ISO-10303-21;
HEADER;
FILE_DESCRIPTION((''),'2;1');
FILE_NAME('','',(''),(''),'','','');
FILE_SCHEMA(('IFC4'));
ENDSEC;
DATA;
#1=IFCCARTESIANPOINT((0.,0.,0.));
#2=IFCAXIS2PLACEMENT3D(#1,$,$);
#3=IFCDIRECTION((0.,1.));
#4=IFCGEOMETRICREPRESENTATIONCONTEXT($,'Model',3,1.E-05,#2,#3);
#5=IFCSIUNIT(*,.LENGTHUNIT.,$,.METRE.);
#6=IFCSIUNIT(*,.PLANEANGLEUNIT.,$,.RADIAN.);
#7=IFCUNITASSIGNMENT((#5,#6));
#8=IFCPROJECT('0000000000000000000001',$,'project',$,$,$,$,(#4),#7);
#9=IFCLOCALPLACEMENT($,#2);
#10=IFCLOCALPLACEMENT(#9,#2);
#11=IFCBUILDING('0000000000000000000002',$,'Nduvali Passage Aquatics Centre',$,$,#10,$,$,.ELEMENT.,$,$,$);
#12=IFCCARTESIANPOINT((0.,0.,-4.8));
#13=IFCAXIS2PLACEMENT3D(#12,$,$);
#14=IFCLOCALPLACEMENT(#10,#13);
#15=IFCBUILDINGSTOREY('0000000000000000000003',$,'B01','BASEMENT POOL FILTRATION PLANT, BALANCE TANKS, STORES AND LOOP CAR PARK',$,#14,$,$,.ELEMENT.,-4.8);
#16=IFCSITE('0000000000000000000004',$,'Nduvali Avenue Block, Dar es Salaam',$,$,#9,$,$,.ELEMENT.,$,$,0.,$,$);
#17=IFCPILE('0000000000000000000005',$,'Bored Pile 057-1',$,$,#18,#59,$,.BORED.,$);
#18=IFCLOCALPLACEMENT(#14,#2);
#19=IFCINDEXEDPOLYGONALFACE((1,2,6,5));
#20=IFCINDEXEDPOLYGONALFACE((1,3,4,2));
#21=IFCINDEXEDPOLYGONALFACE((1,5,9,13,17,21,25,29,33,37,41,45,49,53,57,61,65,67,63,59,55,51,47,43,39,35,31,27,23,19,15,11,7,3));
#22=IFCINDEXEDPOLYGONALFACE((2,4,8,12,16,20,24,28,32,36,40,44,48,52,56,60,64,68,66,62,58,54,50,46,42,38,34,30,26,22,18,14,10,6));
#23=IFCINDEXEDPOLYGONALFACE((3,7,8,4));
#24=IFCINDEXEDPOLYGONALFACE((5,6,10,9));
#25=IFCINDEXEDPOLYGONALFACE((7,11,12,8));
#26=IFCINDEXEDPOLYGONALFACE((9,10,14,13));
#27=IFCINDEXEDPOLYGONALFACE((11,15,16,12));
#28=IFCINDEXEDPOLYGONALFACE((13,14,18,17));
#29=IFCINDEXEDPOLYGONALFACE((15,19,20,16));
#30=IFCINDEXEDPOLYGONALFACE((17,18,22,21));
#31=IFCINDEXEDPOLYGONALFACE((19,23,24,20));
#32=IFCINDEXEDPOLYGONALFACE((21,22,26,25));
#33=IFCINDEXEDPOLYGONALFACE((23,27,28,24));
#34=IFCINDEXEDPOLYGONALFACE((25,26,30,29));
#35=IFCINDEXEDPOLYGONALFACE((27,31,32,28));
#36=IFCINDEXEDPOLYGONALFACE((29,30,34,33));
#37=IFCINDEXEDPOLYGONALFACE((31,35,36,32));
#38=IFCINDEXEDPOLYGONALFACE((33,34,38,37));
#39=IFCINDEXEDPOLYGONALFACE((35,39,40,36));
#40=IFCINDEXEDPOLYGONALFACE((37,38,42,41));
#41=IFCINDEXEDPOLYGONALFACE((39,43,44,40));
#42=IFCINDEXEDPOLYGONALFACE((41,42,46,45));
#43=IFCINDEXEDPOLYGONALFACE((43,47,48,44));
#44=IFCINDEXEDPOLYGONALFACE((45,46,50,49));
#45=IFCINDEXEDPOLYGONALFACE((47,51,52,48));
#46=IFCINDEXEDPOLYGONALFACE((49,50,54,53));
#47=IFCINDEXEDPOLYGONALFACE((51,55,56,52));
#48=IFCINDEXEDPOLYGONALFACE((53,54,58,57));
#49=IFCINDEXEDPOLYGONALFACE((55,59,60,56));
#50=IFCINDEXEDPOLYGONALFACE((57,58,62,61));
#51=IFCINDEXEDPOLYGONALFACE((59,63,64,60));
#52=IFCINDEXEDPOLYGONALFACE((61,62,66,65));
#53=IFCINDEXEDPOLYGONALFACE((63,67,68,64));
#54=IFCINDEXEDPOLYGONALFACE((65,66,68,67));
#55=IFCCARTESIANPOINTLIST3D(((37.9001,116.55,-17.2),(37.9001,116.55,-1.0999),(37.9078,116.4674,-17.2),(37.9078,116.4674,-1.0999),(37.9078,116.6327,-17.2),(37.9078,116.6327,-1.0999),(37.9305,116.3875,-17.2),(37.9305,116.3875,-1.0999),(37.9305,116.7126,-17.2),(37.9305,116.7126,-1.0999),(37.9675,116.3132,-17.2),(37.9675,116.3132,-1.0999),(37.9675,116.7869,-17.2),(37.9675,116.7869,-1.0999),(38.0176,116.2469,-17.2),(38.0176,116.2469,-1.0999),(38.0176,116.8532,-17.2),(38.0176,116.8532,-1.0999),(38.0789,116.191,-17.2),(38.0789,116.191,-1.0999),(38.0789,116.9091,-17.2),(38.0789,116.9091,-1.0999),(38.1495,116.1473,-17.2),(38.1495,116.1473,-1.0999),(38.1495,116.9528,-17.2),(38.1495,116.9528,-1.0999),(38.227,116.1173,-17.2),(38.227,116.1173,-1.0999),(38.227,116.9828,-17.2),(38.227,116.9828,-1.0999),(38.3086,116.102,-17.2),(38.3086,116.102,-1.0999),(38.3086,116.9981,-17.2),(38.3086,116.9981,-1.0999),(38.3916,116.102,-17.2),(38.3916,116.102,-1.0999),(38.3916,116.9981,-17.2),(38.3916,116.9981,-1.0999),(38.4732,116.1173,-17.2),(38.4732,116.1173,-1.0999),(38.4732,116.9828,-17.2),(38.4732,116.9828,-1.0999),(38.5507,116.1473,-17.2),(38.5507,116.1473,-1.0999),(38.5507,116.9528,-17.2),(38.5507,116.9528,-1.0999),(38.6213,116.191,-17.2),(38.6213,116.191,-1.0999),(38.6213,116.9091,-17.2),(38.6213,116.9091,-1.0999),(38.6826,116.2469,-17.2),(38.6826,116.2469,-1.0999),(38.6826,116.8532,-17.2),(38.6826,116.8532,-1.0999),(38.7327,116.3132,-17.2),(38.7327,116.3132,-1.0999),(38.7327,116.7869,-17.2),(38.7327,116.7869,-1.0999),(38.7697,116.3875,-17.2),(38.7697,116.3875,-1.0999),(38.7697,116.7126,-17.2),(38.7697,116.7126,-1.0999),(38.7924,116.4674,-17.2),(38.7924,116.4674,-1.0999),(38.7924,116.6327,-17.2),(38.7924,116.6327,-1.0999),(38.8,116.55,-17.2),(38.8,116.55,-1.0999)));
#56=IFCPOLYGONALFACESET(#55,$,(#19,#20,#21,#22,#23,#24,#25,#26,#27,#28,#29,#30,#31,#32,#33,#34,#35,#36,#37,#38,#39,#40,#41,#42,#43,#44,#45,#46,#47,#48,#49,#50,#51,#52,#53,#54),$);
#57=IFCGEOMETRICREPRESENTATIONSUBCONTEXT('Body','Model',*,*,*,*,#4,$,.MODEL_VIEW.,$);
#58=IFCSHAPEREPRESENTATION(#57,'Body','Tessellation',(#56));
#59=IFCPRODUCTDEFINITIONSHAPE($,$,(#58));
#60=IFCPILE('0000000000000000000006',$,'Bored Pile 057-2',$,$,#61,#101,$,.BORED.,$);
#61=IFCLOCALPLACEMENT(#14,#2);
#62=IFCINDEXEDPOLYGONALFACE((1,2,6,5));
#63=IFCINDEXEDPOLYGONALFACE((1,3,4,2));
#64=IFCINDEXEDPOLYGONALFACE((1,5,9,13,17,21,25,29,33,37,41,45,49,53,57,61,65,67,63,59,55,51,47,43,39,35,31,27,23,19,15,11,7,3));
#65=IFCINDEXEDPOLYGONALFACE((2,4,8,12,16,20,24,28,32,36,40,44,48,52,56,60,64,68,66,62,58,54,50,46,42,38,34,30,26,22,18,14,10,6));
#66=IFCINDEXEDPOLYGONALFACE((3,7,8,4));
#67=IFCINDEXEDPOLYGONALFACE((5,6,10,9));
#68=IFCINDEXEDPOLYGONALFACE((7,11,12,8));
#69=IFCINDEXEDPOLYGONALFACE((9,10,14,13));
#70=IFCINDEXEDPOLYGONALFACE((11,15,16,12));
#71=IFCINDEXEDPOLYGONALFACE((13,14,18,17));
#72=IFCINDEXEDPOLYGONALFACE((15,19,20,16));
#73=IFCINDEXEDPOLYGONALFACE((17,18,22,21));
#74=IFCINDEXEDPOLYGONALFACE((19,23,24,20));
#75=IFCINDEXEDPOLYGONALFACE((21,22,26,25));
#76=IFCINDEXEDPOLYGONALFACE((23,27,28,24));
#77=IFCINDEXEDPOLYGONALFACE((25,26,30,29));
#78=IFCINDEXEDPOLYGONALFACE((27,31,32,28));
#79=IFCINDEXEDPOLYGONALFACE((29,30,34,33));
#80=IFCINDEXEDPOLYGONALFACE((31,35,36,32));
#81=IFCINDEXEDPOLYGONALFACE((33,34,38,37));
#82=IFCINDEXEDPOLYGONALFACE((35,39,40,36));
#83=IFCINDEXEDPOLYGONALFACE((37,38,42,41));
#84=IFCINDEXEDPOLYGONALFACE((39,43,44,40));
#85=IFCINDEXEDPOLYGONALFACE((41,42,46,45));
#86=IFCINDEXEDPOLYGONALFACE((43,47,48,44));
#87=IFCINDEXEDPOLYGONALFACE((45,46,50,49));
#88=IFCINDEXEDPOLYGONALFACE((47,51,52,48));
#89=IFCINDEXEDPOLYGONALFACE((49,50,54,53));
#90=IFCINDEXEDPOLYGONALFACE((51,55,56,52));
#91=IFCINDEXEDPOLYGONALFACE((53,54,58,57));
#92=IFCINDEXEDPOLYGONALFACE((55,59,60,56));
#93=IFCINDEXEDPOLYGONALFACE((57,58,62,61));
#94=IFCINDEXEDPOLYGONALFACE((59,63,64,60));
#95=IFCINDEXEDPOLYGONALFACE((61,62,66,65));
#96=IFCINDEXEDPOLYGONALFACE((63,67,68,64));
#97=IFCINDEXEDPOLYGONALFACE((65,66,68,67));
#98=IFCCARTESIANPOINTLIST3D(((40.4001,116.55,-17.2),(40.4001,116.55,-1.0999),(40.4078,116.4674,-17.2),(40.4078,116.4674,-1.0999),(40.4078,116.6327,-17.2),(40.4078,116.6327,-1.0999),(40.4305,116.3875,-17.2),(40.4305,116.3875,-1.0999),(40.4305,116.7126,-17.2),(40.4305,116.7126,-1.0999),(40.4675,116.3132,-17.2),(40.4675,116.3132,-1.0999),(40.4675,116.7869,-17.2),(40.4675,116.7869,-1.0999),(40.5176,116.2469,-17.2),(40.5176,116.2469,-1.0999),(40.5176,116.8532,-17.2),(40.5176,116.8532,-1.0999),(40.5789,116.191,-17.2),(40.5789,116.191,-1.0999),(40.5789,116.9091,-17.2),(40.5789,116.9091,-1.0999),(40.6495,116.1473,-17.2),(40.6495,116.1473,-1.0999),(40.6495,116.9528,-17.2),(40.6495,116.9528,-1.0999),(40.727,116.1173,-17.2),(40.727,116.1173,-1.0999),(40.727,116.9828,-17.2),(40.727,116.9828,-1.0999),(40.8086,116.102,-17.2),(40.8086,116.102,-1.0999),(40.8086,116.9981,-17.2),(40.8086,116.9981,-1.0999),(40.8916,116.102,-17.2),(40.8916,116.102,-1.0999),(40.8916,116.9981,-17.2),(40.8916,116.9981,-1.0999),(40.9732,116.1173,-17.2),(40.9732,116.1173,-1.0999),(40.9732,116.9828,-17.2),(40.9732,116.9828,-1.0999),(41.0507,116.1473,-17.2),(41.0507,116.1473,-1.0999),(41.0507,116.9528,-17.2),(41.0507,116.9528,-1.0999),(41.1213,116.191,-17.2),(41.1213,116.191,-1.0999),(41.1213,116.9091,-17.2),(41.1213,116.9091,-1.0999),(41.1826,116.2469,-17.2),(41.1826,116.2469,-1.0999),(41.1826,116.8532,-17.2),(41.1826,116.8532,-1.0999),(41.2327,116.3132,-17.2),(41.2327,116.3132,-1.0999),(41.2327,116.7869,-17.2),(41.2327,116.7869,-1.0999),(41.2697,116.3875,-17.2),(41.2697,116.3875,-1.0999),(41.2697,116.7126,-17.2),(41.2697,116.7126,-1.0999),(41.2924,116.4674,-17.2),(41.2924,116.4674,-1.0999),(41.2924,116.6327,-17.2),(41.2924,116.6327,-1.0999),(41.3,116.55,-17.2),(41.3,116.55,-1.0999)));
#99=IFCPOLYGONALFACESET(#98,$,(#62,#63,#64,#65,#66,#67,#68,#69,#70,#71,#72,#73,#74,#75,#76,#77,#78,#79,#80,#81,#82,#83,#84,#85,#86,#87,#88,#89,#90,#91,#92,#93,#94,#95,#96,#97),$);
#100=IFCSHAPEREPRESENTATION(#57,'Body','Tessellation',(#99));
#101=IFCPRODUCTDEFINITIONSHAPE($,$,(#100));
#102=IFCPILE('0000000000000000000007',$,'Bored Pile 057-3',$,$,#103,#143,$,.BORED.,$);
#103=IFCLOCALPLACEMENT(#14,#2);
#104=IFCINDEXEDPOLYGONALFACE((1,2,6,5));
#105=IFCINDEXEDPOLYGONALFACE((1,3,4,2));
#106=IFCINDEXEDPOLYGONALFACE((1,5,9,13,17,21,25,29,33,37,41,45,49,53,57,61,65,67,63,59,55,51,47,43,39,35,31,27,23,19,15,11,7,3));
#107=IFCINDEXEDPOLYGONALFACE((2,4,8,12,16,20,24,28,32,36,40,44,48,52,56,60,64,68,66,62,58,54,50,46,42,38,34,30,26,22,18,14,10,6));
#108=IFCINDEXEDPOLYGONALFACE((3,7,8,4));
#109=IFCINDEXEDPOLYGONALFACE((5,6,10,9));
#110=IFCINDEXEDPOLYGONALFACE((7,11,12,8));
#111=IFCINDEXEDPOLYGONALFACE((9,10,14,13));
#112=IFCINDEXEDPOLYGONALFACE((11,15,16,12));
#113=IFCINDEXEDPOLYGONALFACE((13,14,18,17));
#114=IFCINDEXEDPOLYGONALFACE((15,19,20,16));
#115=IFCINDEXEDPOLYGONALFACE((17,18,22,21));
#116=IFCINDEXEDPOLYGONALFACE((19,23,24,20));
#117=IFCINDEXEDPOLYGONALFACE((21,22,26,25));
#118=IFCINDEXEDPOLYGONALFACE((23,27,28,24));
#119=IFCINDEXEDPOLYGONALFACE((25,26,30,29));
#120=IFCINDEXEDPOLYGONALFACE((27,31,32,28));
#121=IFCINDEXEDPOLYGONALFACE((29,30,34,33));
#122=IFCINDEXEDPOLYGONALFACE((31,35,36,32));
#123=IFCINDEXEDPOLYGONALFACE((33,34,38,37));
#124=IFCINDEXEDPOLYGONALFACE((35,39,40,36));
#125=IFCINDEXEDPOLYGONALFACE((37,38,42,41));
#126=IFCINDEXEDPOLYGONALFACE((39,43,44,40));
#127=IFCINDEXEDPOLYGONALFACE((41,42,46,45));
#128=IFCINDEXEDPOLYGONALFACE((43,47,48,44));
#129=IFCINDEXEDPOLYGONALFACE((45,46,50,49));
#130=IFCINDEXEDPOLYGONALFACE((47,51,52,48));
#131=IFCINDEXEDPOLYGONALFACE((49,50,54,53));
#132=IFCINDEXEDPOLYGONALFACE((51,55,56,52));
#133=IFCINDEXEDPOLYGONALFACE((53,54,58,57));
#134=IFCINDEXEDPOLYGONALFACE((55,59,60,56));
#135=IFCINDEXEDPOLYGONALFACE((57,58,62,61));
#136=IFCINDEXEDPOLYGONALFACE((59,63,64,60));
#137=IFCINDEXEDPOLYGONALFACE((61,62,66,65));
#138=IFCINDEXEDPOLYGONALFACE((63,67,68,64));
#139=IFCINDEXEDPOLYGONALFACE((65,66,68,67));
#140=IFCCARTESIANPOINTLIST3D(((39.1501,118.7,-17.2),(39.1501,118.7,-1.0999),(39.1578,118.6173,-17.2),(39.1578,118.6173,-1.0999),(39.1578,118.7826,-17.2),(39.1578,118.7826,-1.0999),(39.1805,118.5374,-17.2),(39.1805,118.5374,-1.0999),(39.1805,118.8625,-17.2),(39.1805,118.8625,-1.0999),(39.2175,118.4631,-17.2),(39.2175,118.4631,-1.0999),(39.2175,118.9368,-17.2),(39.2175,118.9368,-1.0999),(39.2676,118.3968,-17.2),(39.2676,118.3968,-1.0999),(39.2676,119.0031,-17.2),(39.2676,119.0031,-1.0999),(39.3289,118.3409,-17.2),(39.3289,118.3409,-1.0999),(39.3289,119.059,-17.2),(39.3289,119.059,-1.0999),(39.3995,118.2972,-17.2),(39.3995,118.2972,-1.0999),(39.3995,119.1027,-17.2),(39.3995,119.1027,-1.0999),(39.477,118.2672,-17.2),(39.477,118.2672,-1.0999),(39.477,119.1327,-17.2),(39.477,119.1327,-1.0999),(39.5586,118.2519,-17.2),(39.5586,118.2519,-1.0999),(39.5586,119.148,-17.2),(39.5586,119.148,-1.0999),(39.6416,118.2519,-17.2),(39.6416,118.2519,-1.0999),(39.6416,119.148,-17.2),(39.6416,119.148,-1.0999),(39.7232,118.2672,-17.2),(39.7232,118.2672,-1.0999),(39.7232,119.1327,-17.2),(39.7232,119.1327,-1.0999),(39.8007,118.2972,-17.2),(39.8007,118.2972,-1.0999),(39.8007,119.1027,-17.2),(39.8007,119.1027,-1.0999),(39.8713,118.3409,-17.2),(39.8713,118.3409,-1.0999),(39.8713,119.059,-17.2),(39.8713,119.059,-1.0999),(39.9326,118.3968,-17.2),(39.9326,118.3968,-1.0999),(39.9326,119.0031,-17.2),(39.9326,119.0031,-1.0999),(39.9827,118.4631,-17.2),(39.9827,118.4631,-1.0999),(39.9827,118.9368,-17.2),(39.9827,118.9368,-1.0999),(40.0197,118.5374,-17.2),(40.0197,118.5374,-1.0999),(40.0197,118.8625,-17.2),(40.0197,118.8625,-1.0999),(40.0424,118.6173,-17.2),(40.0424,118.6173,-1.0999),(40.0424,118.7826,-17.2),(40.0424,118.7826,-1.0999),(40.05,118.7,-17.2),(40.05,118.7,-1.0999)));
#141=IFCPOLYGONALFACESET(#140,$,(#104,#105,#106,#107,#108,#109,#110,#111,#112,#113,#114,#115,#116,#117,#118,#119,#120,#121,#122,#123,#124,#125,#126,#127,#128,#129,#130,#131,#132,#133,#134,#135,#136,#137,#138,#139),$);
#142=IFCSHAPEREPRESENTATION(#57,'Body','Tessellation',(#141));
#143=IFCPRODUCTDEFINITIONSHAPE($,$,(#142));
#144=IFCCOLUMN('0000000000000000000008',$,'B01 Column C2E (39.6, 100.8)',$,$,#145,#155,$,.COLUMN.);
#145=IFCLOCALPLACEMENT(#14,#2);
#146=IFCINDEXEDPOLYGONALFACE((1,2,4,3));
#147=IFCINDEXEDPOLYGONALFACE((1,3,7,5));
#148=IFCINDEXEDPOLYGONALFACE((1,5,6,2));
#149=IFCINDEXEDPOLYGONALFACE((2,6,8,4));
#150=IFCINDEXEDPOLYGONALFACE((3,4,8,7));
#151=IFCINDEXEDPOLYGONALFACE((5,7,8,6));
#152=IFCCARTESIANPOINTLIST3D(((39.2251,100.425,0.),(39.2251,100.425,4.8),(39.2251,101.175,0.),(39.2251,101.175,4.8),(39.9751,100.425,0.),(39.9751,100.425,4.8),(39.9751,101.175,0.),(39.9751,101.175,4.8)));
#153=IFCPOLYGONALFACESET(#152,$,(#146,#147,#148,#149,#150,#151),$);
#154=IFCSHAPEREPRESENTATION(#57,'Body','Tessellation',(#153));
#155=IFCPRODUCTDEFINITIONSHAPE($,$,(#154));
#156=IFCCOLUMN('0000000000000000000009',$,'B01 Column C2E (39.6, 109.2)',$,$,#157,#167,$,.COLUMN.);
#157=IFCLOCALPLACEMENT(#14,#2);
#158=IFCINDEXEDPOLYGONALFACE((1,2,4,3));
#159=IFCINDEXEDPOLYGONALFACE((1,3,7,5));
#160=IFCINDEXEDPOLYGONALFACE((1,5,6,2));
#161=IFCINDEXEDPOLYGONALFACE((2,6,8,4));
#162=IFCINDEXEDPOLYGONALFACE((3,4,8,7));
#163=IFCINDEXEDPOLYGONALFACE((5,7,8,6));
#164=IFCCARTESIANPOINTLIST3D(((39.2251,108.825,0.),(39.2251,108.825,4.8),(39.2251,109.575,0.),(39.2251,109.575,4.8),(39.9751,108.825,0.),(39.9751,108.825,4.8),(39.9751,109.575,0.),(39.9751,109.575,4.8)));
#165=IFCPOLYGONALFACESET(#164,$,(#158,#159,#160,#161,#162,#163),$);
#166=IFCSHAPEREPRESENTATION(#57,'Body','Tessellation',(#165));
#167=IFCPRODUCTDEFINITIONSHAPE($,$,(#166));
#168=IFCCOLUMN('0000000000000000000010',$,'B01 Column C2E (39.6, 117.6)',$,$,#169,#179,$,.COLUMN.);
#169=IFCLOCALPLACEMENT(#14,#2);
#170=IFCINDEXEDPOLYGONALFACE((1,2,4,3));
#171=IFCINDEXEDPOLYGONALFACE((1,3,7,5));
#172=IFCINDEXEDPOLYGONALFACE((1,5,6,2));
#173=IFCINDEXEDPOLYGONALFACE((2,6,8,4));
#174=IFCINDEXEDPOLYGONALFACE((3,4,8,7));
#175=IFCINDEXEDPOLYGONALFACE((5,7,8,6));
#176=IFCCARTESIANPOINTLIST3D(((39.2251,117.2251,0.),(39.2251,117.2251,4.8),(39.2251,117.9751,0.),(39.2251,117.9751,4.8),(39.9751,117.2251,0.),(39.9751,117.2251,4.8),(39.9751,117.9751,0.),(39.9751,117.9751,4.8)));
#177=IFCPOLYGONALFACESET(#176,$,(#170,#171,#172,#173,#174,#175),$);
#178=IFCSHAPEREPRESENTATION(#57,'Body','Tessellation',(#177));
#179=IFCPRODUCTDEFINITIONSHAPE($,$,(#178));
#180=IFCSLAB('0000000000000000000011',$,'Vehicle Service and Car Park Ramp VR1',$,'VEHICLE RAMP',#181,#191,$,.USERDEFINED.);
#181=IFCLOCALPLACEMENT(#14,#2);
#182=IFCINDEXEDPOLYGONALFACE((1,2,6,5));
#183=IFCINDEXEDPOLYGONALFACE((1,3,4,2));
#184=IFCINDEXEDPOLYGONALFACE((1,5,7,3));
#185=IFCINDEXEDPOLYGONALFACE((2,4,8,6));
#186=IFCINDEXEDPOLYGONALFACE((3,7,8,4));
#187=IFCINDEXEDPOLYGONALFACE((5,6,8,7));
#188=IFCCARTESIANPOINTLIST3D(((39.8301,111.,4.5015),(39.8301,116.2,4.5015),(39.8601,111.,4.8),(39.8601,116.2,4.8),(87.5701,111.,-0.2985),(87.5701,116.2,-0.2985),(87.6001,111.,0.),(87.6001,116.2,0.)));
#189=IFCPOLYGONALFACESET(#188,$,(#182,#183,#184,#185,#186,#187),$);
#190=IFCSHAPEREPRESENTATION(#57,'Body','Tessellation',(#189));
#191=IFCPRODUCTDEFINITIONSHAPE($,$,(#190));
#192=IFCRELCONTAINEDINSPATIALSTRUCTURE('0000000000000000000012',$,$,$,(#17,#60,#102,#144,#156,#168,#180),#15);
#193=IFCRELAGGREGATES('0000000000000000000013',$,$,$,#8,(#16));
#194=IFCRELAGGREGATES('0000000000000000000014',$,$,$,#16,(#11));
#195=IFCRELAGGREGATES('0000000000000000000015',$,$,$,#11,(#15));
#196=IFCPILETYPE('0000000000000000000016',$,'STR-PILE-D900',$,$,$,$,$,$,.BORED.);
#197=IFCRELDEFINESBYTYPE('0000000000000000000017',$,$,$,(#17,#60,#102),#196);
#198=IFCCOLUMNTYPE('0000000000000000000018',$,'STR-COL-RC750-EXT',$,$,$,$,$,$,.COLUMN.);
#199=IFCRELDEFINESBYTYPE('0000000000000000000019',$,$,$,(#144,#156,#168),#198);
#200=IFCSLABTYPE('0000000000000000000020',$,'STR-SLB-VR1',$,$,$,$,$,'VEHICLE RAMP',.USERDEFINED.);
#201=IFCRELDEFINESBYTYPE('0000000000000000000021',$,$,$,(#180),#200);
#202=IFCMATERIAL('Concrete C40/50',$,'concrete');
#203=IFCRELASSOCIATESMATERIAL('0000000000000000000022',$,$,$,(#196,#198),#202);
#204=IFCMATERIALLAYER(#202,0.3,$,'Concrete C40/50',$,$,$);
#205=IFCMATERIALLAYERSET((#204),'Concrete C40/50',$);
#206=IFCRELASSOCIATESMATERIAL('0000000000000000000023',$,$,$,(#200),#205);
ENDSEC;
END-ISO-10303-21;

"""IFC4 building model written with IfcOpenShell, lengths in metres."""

from ifc_helpers import new_model, si_unit, direction, frame, origin, origin_2d, place, context, subcontext, project, spatial, polyline, rectangle, circle, outline, extrude, material, layer, layer_set, material_profile, profile_set, type_object, element, save


model = new_model("IFC4")

# Units and contexts
model_context = context("Model", 3, precision=1e-05, world=origin(), true_north=direction((0.0, 1.0)))
body_context = subcontext(model_context, "Body", "Model", "MODEL_VIEW")
ifc_project = project(units=[si_unit("LENGTHUNIT", "METRE"), si_unit("PLANEANGLEUNIT", "RADIAN")], contexts=[model_context])

# Site, building, storey
site_placement = place(None, origin())
site = spatial("IfcSite", under=ifc_project, at=site_placement, Name="Nduvali Avenue Block, Dar es Salaam", CompositionType="ELEMENT", RefElevation=0.0)
building_placement = place(site_placement, origin())
building = spatial("IfcBuilding", under=site, at=building_placement, Name="Nduvali Passage Aquatics Centre", CompositionType="ELEMENT")
storey_placement = place(building_placement, frame((0.0, 0.0, -4.8)))
storey = spatial("IfcBuildingStorey", under=building, at=storey_placement, Name="B01", Description="BASEMENT POOL FILTRATION PLANT, BALANCE TANKS, STORES AND LOOP CAR PARK", CompositionType="ELEMENT", Elevation=-4.8)

# Shared definitions
ifc_material_1 = material(Name="Concrete C40/50", Category="concrete")

# Piles
ifc_material_profile_1 = material_profile(ifc_material_1, circle(Radius=0.45, at=origin_2d()), Name="PILE D900")
ifc_profile_set_1 = profile_set([ifc_material_profile_1], Name="Concrete C40/50")
pile_type_1 = type_object("IfcPileType", Name="STR-PILE-D900", PredefinedType="BORED", material=ifc_profile_set_1)
for number, where, z_axis, x_axis, name in (
    (1, (38.3501, 116.55, -1.0999), (0.0, 0.0, -1.0), (1.0, 0.0, 0.0), "Bored Pile 057-1"),
    (2, (40.8501, 116.55, -1.0999), (0.0, 0.0, -1.0), (1.0, 0.0, 0.0), "Bored Pile 057-2"),
    (3, (39.6001, 118.7, -1.0999), (0.0, 0.0, -1.0), (1.0, 0.0, 0.0), "Bored Pile 057-3"),
):
    element("IfcPile", number, at=place(storey_placement, frame(where, z_axis=z_axis, x_axis=x_axis)), inside=storey, type_object=pile_type_1, Name=name, PredefinedType="BORED", context=body_context, shape_type="SweptSolid", body=[
        extrude(circle(Radius=0.45, at=origin_2d()), origin(), (0.0, 0.0, 1.0), 16.1001),
    ])

# Columns
ifc_material_profile_2 = material_profile(ifc_material_1, rectangle(XDim=0.75, YDim=0.75, at=origin_2d()), Name="RC 750x750")
ifc_profile_set_2 = profile_set([ifc_material_profile_2], Name="Concrete C40/50")
column_type = type_object("IfcColumnType", Name="STR-COL-RC750-EXT", PredefinedType="COLUMN", material=ifc_profile_set_2)
for number, where, z_axis, x_axis, name in (
    (4, (39.6001, 100.8, 0.0), (0.0, 0.0, 1.0), (1.0, 0.0, 0.0), "B01 Column C2E (39.6, 100.8)"),
    (5, (39.6001, 109.2, 0.0), (0.0, 0.0, 1.0), (1.0, 0.0, 0.0), "B01 Column C2E (39.6, 109.2)"),
    (6, (39.6001, 117.6001, 0.0), (0.0, 0.0, 1.0), (1.0, 0.0, 0.0), "B01 Column C2E (39.6, 117.6)"),
):
    element("IfcColumn", number, at=place(storey_placement, frame(where, z_axis=z_axis, x_axis=x_axis)), inside=storey, type_object=column_type, Name=name, PredefinedType="COLUMN", context=body_context, shape_type="SweptSolid", body=[
        extrude(rectangle(XDim=0.75, YDim=0.75, at=origin_2d()), origin(), (0.0, 0.0, 1.0), 4.8),
    ])

# Slab
ifc_layer_1 = layer(ifc_material_1, 0.3, Name="Concrete C40/50")
ifc_layer_set_1 = layer_set([ifc_layer_1], Name="Concrete C40/50")
slab_type = type_object("IfcSlabType", Name="STR-SLB-VR1", ElementType="VEHICLE RAMP", PredefinedType="USERDEFINED", material=ifc_layer_set_1)
slab_placement = place(storey_placement, frame((39.8601, 111.0, 4.8), z_axis=(0.100041, 0.0, 0.994983), x_axis=(0.994983, 0.0, -0.100041)))
element("IfcSlab", 7, at=slab_placement, inside=storey, type_object=slab_type, Name="Vehicle Service and Car Park Ramp VR1", ObjectType="VEHICLE RAMP", PredefinedType="USERDEFINED", context=body_context, shape_type="SweptSolid", body=[
    extrude(outline(polyline([(0.0, 0.0), (47.9807, 0.0), (47.9807, 5.2), (0.0, 5.2), (0.0, 0.0)])), origin(), (0.0, 0.0, -1.0), 0.3),
])

save(model, "model.ifc")
